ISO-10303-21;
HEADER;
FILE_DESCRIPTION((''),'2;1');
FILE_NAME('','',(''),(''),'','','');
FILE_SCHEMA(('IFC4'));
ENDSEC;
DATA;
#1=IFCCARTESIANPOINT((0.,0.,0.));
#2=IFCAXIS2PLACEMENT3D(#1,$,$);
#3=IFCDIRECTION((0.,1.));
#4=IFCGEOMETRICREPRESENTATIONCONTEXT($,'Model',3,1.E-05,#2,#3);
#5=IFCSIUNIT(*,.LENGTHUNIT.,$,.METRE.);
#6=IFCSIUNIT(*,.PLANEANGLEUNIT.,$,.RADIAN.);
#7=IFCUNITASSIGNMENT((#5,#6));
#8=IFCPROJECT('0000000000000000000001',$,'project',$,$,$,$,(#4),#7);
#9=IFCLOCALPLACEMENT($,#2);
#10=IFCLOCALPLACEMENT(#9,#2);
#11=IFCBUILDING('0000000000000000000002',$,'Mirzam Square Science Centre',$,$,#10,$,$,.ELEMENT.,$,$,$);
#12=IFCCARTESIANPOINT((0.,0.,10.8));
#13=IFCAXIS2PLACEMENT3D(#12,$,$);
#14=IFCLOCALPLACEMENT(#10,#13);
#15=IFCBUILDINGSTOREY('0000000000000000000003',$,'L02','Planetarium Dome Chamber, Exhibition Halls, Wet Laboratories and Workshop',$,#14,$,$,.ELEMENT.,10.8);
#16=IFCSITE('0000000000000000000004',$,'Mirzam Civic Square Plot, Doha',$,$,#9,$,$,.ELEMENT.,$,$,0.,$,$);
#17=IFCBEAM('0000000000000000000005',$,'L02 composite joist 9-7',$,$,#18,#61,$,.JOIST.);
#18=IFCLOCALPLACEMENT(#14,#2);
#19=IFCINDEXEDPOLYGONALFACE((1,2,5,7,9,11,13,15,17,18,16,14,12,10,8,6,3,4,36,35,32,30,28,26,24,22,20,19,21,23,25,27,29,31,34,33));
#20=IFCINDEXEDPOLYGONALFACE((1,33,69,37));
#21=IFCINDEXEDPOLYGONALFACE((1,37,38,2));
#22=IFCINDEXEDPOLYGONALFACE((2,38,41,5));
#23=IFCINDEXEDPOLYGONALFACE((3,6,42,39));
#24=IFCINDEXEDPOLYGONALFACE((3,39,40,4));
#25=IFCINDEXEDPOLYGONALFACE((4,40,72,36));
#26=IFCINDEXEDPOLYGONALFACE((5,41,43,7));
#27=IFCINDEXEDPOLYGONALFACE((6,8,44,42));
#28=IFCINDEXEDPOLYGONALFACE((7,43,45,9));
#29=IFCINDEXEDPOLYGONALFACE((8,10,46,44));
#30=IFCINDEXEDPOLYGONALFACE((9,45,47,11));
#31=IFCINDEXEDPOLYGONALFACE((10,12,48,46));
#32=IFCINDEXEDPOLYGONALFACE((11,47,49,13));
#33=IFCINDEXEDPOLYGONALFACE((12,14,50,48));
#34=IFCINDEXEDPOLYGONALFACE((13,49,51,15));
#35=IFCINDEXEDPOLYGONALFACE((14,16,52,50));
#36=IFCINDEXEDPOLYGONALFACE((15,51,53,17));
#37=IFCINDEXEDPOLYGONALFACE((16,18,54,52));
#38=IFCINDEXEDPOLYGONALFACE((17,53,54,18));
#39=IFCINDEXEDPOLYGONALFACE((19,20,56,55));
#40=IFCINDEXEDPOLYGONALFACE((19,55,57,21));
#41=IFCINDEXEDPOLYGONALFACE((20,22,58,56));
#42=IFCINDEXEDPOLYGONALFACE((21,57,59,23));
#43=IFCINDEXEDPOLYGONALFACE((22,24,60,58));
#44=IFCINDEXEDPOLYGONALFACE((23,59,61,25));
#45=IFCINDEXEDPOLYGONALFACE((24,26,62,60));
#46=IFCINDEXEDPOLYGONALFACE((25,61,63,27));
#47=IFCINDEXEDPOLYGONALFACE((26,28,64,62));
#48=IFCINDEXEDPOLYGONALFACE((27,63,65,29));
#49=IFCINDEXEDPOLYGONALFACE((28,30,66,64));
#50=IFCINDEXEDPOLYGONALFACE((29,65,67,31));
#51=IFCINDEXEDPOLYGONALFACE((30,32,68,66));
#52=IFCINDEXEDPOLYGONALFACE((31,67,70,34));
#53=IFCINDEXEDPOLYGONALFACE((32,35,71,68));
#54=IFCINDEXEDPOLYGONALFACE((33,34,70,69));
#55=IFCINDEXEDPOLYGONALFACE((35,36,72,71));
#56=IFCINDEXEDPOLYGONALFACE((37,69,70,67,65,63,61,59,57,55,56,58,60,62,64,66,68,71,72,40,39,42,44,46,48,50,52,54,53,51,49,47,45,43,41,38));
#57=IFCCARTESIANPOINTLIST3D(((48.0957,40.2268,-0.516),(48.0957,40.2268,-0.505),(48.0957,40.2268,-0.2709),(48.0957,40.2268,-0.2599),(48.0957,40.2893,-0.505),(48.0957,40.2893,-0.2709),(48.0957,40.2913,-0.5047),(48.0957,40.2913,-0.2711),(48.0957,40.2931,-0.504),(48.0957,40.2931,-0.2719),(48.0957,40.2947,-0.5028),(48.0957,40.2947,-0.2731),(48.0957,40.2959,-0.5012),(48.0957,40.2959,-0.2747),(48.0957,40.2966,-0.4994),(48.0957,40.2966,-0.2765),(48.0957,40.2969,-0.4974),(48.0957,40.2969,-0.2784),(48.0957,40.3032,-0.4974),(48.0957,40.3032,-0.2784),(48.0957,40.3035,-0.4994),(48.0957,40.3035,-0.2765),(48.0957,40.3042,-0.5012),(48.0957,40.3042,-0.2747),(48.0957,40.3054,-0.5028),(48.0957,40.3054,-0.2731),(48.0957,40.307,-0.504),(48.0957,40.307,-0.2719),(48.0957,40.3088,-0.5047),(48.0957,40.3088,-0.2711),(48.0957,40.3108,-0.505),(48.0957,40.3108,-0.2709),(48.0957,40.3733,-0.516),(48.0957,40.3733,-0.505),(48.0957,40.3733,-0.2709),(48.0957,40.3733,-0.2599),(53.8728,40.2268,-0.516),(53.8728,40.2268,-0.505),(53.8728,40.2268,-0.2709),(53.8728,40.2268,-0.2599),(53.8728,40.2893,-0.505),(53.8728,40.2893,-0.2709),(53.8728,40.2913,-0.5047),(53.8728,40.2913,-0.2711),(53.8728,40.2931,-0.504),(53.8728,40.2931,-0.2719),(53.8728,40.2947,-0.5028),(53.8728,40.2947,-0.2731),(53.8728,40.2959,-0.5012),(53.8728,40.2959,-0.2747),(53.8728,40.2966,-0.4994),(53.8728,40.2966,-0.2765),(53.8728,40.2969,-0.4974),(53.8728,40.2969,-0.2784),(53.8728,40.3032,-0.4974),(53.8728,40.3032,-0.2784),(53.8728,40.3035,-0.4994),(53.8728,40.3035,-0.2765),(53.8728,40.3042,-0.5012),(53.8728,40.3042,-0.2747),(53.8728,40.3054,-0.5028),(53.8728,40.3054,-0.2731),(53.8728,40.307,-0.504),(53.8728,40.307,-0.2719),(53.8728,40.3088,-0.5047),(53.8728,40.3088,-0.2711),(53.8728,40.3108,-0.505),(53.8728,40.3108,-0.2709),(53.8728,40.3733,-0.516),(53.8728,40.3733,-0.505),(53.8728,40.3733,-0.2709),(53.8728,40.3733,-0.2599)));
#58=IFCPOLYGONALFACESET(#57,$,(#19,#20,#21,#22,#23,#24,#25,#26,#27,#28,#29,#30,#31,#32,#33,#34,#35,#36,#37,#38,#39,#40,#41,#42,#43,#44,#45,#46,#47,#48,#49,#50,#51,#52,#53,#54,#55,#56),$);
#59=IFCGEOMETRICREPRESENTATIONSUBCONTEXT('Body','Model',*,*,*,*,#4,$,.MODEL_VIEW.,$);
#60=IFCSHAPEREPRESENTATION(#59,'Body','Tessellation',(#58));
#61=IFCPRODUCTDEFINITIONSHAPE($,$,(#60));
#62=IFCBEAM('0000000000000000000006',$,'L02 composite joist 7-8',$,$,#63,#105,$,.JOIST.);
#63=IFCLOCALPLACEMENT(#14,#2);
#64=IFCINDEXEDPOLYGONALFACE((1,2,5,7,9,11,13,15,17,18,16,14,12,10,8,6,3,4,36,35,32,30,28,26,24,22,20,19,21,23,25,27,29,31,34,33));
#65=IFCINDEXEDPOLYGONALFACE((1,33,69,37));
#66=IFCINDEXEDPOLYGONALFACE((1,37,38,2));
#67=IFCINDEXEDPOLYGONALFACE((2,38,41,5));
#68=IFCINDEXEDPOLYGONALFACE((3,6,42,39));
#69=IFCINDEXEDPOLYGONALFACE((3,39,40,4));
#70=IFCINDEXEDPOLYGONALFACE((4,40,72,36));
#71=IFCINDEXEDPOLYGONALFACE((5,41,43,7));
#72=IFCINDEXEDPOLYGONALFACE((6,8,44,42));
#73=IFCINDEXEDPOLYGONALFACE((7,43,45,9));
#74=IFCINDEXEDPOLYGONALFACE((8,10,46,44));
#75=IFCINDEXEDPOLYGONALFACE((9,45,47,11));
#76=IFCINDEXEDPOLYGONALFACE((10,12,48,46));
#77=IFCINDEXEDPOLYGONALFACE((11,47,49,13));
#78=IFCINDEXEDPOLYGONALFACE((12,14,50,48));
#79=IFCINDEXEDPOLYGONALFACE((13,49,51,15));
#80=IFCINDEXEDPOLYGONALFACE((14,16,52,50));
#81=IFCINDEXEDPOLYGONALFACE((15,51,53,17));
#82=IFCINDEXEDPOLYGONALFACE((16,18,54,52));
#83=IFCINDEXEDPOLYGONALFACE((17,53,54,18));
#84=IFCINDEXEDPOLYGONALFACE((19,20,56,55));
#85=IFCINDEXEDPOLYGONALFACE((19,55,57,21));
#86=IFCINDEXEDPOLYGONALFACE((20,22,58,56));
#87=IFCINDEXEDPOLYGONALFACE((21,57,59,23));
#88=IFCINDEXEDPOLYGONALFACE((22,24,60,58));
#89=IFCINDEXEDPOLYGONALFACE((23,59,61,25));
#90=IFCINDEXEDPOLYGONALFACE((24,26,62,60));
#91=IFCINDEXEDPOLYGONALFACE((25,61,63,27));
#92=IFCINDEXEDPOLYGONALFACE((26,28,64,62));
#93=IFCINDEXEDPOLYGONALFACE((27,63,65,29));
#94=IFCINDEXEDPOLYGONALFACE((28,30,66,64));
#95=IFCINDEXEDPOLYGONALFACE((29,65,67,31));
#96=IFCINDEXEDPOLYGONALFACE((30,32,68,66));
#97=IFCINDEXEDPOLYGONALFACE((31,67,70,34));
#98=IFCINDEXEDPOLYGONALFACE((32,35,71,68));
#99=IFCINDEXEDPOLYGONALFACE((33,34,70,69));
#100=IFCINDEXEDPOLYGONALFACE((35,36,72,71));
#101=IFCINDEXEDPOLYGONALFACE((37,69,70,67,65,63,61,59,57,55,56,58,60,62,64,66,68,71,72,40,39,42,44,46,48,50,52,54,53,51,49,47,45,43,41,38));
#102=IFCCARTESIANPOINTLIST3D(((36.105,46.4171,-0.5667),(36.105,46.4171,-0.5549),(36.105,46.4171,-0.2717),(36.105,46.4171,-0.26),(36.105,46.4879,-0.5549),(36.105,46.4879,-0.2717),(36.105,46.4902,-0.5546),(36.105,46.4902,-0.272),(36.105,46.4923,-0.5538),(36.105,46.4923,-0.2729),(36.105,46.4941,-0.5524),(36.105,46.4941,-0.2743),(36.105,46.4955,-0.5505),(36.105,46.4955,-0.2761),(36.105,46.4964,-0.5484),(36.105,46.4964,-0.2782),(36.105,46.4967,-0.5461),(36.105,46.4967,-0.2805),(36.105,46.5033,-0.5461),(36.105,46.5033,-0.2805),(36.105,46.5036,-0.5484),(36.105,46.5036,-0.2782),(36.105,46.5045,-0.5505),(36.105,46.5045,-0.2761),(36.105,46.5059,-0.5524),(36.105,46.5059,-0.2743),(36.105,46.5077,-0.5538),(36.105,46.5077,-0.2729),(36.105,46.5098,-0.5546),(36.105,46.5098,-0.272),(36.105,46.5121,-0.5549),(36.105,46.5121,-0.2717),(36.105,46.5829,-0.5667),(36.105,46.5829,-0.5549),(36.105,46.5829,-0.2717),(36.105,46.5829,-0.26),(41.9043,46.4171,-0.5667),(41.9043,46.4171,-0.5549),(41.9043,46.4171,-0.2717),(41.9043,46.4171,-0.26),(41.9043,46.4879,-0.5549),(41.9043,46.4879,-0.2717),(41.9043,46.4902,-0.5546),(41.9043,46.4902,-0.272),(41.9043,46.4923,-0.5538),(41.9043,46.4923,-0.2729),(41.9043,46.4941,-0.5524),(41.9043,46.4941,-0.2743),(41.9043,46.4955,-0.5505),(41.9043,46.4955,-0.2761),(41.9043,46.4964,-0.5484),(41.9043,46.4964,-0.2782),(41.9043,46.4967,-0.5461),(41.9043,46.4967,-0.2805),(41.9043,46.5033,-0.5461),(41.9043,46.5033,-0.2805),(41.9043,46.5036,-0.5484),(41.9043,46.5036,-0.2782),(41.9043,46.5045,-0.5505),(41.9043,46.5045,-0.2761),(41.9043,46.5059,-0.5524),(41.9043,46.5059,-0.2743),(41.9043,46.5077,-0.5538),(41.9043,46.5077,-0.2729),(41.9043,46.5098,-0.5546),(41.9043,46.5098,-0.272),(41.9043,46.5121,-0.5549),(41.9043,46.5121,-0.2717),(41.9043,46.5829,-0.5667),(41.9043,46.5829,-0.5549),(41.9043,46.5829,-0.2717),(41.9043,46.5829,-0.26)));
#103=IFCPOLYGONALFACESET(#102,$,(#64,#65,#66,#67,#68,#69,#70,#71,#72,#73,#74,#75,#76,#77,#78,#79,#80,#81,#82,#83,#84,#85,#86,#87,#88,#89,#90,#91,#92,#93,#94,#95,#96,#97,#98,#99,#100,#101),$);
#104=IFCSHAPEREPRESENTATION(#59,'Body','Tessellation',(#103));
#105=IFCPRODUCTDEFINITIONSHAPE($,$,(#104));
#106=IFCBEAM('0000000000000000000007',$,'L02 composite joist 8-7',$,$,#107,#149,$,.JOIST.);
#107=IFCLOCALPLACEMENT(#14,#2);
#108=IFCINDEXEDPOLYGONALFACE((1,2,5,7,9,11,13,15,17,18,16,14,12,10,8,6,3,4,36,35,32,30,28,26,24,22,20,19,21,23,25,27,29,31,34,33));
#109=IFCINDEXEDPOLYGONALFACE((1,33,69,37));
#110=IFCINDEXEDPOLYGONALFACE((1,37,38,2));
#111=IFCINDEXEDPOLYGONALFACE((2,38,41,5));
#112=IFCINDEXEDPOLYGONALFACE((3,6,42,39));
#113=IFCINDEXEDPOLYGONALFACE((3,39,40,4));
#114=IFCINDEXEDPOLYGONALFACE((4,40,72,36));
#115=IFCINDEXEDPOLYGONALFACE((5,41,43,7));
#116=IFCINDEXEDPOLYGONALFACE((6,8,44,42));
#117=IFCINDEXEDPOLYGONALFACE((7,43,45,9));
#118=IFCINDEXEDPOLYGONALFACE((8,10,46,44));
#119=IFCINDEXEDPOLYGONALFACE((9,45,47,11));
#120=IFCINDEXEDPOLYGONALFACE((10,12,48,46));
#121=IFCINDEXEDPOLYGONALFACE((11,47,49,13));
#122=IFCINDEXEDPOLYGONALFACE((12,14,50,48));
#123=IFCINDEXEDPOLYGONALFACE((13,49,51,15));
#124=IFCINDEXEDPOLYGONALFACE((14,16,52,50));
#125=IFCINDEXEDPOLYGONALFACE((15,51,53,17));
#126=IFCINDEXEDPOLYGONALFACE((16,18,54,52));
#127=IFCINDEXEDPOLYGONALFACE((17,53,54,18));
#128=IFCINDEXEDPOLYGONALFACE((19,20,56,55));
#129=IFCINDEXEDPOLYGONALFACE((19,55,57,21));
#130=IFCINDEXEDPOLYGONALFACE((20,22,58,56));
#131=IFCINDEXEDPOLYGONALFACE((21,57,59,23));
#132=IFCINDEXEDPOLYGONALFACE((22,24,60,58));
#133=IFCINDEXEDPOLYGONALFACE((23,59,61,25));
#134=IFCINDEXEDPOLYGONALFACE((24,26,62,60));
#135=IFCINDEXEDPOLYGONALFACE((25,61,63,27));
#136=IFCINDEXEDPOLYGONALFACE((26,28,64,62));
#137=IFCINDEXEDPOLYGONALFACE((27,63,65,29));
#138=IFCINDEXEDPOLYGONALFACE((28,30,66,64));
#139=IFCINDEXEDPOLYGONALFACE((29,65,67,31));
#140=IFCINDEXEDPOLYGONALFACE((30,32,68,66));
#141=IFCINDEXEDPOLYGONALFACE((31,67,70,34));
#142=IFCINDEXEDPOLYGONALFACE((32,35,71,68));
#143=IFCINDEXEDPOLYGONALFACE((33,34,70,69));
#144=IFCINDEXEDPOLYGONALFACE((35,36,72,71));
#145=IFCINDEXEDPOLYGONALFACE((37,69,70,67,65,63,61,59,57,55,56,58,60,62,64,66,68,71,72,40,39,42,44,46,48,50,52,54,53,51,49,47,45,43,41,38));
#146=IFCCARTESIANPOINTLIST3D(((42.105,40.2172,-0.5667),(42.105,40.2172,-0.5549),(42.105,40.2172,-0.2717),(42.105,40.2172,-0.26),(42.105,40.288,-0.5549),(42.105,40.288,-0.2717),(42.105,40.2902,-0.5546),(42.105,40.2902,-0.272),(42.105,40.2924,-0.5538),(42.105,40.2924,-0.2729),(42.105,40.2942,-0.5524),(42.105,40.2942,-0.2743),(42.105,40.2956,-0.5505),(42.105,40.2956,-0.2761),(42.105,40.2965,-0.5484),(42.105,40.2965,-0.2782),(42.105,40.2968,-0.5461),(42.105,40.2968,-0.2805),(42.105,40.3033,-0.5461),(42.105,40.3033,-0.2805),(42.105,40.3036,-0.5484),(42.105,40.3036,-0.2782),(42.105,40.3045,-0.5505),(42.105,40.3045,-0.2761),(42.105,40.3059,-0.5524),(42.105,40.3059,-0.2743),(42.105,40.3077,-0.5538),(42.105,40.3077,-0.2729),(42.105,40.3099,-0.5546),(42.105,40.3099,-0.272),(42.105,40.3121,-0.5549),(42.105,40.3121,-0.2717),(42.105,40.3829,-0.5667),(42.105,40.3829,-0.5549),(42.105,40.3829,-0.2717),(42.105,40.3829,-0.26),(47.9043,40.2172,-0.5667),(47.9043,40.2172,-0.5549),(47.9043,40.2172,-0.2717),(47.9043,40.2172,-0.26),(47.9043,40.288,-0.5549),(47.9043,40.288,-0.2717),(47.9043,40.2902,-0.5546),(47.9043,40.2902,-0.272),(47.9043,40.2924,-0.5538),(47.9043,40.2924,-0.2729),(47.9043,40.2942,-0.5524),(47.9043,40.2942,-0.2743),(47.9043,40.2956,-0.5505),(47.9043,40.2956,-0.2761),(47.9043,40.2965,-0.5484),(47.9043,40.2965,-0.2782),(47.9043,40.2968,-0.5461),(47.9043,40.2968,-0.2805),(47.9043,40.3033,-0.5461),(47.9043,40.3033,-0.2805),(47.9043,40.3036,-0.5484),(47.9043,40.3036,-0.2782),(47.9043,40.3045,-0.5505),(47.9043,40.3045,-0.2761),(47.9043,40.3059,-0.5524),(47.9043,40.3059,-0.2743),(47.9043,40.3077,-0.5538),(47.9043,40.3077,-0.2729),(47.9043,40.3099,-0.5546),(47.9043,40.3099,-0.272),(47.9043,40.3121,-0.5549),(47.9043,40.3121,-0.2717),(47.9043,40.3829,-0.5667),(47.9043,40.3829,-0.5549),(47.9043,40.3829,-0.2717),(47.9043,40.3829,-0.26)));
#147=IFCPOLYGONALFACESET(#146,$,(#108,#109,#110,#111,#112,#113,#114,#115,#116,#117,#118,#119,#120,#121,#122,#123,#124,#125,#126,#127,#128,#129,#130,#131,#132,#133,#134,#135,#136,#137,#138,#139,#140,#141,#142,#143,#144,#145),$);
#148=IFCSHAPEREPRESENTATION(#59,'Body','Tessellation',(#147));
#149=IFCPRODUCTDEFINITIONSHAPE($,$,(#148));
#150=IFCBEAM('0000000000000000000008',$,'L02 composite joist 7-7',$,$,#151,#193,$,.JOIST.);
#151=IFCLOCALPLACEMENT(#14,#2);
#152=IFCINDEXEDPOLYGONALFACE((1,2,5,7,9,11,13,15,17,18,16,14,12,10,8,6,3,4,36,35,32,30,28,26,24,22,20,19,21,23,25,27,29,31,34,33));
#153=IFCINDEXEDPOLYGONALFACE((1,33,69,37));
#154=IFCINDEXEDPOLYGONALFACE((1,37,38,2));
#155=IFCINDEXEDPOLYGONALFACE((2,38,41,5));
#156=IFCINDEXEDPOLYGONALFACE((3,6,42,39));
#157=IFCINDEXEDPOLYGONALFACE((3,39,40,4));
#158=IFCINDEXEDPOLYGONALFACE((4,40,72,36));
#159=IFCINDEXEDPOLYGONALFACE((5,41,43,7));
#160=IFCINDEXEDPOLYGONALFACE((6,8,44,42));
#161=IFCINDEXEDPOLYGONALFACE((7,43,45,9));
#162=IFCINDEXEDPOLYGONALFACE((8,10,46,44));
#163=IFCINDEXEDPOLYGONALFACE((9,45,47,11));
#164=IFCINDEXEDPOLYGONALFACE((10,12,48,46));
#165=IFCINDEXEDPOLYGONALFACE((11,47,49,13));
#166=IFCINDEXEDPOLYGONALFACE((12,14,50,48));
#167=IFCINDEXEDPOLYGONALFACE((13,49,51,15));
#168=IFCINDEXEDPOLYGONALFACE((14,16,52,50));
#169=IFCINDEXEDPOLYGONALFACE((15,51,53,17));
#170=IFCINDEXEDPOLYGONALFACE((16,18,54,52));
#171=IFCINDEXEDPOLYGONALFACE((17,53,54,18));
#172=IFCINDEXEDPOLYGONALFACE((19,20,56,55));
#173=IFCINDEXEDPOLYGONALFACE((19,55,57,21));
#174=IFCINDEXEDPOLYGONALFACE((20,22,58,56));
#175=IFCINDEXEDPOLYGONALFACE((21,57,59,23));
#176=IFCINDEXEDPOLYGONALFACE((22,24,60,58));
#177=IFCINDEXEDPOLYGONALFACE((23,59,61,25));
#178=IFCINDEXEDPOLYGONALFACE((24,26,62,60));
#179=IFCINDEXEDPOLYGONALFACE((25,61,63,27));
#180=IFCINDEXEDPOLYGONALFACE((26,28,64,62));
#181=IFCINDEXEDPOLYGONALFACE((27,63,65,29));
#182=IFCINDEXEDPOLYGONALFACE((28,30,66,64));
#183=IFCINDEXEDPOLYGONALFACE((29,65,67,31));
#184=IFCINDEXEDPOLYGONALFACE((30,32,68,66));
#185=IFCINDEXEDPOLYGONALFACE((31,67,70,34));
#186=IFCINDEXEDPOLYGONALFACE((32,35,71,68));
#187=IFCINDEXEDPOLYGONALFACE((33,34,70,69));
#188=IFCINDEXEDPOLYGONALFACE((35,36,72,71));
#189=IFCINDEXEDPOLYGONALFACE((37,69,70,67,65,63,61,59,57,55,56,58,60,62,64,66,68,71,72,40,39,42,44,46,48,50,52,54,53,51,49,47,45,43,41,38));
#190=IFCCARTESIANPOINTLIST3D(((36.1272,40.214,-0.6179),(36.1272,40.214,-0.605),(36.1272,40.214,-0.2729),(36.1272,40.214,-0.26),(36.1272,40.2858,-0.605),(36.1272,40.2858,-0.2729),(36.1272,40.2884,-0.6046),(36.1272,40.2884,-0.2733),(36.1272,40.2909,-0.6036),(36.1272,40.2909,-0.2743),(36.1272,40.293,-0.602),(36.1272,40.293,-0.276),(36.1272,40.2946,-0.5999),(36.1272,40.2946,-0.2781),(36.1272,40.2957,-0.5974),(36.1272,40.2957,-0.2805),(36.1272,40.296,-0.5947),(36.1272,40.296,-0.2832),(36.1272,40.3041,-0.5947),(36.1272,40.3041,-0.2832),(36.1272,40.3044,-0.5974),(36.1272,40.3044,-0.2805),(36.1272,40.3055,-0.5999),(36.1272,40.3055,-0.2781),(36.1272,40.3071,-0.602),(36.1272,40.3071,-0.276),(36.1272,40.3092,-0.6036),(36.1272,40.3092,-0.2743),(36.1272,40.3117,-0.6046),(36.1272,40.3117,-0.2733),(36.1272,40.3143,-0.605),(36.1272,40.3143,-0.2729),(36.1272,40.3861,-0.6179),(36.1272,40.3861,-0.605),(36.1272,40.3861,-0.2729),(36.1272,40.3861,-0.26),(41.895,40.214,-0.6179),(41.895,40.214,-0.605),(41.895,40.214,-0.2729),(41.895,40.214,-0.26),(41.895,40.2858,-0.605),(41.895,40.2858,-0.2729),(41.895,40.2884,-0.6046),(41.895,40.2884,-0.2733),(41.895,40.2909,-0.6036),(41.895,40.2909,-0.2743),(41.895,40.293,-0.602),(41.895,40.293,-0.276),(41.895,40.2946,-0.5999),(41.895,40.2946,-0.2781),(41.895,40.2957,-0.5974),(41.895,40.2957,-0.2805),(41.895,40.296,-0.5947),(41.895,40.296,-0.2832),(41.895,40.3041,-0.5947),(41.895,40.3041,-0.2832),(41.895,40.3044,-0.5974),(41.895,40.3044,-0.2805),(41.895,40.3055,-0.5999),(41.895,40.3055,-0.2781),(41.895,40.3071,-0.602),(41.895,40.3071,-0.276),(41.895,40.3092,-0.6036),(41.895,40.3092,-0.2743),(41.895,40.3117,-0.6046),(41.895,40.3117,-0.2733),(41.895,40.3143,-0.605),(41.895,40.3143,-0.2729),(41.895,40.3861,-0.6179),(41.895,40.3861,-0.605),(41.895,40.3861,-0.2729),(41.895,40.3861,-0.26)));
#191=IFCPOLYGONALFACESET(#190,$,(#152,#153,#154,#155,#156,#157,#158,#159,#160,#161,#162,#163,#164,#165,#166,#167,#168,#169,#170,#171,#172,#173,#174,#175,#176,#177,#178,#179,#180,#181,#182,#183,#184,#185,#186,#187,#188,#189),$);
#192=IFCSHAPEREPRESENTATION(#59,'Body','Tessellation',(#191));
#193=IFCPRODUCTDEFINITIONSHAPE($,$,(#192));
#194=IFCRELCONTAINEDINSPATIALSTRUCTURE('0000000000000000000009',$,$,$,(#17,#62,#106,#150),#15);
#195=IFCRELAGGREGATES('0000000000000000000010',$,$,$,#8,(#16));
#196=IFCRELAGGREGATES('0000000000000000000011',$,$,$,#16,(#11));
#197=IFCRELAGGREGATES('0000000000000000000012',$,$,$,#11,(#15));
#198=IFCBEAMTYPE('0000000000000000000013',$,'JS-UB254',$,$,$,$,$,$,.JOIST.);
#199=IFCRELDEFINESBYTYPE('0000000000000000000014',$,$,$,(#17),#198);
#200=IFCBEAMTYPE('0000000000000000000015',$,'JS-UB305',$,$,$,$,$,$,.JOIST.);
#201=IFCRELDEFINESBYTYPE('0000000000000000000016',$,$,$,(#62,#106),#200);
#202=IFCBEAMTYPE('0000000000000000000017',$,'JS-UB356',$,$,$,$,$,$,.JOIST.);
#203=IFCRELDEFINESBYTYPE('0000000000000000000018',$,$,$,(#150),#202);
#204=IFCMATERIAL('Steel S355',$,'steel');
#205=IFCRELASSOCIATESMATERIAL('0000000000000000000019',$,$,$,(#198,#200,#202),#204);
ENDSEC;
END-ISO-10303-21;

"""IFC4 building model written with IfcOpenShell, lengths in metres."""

from ifc_helpers import new_model, si_unit, direction, frame, origin, origin_2d, place, context, subcontext, project, spatial, i_section, extrude, material, material_profile, profile_set, type_object, element, save


model = new_model("IFC4")

# Units and contexts
model_context = context("Model", 3, precision=1e-05, world=origin(), true_north=direction((0.0, 1.0)))
body_context = subcontext(model_context, "Body", "Model", "MODEL_VIEW")
ifc_project = project(units=[si_unit("LENGTHUNIT", "METRE"), si_unit("PLANEANGLEUNIT", "RADIAN")], contexts=[model_context])

# Site, building, storey
site_placement = place(None, origin())
site = spatial("IfcSite", under=ifc_project, at=site_placement, Name="Mirzam Civic Square Plot, Doha", CompositionType="ELEMENT", RefElevation=0.0)
building_placement = place(site_placement, origin())
building = spatial("IfcBuilding", under=site, at=building_placement, Name="Mirzam Square Science Centre", CompositionType="ELEMENT")
storey_placement = place(building_placement, frame((0.0, 0.0, 10.8)))
storey = spatial("IfcBuildingStorey", under=building, at=storey_placement, Name="L02", Description="Planetarium Dome Chamber, Exhibition Halls, Wet Laboratories and Workshop", CompositionType="ELEMENT", Elevation=10.8)

# Shared definitions
ifc_material_1 = material(Name="Steel S355", Category="steel")

# Beams
ifc_material_profile_1 = material_profile(ifc_material_1, i_section(OverallWidth=0.1465, OverallDepth=0.2561, WebThickness=0.0063, FlangeThickness=0.011, FilletRadius=0.0076, at=origin_2d()), Name="254x146x37UB")
ifc_profile_set_1 = profile_set([ifc_material_profile_1], Name="Steel S355")
beam_type_1 = type_object("IfcBeamType", Name="JS-UB254", PredefinedType="JOIST", material=ifc_profile_set_1)
for number, where, z_axis, x_axis, name in (
    (1, (48.0957, 40.3, -0.3879), (1.0, 0.0, 0.0), (0.0, 1.0, 0.0), "L02 composite joist 9-7"),
):
    element("IfcBeam", number, at=place(storey_placement, frame(where, z_axis=z_axis, x_axis=x_axis)), inside=storey, type_object=beam_type_1, Name=name, PredefinedType="JOIST", context=body_context, shape_type="SweptSolid", body=[
        extrude(i_section(OverallWidth=0.1465, OverallDepth=0.2561, WebThickness=0.0063, FlangeThickness=0.011, FilletRadius=0.0076, at=origin_2d()), origin(), (0.0, 0.0, 1.0), 5.7771),
    ])
ifc_material_profile_2 = material_profile(ifc_material_1, i_section(OverallWidth=0.1658, OverallDepth=0.3066, WebThickness=0.0066, FlangeThickness=0.0117, FilletRadius=0.0088, at=origin_2d()), Name="305x165x46UB")
ifc_profile_set_2 = profile_set([ifc_material_profile_2], Name="Steel S355")
beam_type_2 = type_object("IfcBeamType", Name="JS-UB305", PredefinedType="JOIST", material=ifc_profile_set_2)
for number, where, z_axis, x_axis, name in (
    (2, (36.105, 46.5, -0.4133), (1.0, 0.0, 0.0), (0.0, 1.0, 0.0), "L02 composite joist 7-8"),
    (3, (42.105, 40.3, -0.4133), (1.0, 0.0, 0.0), (0.0, 1.0, 0.0), "L02 composite joist 8-7"),
):
    element("IfcBeam", number, at=place(storey_placement, frame(where, z_axis=z_axis, x_axis=x_axis)), inside=storey, type_object=beam_type_2, Name=name, PredefinedType="JOIST", context=body_context, shape_type="SweptSolid", body=[
        extrude(i_section(OverallWidth=0.1658, OverallDepth=0.3066, WebThickness=0.0066, FlangeThickness=0.0117, FilletRadius=0.0088, at=origin_2d()), origin(), (0.0, 0.0, 1.0), 5.7993),
    ])
ifc_material_profile_3 = material_profile(ifc_material_1, i_section(OverallWidth=0.1721, OverallDepth=0.3579, WebThickness=0.0081, FlangeThickness=0.0129, FilletRadius=0.0103, at=origin_2d()), Name="356x171x57UB")
ifc_profile_set_3 = profile_set([ifc_material_profile_3], Name="Steel S355")
beam_type_3 = type_object("IfcBeamType", Name="JS-UB356", PredefinedType="JOIST", material=ifc_profile_set_3)
beam_1_placement = place(storey_placement, frame((36.1272, 40.3, -0.439), z_axis=(1.0, 0.0, 0.0), x_axis=(0.0, 1.0, 0.0)))
element("IfcBeam", 4, at=beam_1_placement, inside=storey, type_object=beam_type_3, Name="L02 composite joist 7-7", PredefinedType="JOIST", context=body_context, shape_type="SweptSolid", body=[
    extrude(i_section(OverallWidth=0.1721, OverallDepth=0.3579, WebThickness=0.0081, FlangeThickness=0.0129, FilletRadius=0.0103, at=origin_2d()), origin(), (0.0, 0.0, 1.0), 5.7678),
])

save(model, "model.ifc")
